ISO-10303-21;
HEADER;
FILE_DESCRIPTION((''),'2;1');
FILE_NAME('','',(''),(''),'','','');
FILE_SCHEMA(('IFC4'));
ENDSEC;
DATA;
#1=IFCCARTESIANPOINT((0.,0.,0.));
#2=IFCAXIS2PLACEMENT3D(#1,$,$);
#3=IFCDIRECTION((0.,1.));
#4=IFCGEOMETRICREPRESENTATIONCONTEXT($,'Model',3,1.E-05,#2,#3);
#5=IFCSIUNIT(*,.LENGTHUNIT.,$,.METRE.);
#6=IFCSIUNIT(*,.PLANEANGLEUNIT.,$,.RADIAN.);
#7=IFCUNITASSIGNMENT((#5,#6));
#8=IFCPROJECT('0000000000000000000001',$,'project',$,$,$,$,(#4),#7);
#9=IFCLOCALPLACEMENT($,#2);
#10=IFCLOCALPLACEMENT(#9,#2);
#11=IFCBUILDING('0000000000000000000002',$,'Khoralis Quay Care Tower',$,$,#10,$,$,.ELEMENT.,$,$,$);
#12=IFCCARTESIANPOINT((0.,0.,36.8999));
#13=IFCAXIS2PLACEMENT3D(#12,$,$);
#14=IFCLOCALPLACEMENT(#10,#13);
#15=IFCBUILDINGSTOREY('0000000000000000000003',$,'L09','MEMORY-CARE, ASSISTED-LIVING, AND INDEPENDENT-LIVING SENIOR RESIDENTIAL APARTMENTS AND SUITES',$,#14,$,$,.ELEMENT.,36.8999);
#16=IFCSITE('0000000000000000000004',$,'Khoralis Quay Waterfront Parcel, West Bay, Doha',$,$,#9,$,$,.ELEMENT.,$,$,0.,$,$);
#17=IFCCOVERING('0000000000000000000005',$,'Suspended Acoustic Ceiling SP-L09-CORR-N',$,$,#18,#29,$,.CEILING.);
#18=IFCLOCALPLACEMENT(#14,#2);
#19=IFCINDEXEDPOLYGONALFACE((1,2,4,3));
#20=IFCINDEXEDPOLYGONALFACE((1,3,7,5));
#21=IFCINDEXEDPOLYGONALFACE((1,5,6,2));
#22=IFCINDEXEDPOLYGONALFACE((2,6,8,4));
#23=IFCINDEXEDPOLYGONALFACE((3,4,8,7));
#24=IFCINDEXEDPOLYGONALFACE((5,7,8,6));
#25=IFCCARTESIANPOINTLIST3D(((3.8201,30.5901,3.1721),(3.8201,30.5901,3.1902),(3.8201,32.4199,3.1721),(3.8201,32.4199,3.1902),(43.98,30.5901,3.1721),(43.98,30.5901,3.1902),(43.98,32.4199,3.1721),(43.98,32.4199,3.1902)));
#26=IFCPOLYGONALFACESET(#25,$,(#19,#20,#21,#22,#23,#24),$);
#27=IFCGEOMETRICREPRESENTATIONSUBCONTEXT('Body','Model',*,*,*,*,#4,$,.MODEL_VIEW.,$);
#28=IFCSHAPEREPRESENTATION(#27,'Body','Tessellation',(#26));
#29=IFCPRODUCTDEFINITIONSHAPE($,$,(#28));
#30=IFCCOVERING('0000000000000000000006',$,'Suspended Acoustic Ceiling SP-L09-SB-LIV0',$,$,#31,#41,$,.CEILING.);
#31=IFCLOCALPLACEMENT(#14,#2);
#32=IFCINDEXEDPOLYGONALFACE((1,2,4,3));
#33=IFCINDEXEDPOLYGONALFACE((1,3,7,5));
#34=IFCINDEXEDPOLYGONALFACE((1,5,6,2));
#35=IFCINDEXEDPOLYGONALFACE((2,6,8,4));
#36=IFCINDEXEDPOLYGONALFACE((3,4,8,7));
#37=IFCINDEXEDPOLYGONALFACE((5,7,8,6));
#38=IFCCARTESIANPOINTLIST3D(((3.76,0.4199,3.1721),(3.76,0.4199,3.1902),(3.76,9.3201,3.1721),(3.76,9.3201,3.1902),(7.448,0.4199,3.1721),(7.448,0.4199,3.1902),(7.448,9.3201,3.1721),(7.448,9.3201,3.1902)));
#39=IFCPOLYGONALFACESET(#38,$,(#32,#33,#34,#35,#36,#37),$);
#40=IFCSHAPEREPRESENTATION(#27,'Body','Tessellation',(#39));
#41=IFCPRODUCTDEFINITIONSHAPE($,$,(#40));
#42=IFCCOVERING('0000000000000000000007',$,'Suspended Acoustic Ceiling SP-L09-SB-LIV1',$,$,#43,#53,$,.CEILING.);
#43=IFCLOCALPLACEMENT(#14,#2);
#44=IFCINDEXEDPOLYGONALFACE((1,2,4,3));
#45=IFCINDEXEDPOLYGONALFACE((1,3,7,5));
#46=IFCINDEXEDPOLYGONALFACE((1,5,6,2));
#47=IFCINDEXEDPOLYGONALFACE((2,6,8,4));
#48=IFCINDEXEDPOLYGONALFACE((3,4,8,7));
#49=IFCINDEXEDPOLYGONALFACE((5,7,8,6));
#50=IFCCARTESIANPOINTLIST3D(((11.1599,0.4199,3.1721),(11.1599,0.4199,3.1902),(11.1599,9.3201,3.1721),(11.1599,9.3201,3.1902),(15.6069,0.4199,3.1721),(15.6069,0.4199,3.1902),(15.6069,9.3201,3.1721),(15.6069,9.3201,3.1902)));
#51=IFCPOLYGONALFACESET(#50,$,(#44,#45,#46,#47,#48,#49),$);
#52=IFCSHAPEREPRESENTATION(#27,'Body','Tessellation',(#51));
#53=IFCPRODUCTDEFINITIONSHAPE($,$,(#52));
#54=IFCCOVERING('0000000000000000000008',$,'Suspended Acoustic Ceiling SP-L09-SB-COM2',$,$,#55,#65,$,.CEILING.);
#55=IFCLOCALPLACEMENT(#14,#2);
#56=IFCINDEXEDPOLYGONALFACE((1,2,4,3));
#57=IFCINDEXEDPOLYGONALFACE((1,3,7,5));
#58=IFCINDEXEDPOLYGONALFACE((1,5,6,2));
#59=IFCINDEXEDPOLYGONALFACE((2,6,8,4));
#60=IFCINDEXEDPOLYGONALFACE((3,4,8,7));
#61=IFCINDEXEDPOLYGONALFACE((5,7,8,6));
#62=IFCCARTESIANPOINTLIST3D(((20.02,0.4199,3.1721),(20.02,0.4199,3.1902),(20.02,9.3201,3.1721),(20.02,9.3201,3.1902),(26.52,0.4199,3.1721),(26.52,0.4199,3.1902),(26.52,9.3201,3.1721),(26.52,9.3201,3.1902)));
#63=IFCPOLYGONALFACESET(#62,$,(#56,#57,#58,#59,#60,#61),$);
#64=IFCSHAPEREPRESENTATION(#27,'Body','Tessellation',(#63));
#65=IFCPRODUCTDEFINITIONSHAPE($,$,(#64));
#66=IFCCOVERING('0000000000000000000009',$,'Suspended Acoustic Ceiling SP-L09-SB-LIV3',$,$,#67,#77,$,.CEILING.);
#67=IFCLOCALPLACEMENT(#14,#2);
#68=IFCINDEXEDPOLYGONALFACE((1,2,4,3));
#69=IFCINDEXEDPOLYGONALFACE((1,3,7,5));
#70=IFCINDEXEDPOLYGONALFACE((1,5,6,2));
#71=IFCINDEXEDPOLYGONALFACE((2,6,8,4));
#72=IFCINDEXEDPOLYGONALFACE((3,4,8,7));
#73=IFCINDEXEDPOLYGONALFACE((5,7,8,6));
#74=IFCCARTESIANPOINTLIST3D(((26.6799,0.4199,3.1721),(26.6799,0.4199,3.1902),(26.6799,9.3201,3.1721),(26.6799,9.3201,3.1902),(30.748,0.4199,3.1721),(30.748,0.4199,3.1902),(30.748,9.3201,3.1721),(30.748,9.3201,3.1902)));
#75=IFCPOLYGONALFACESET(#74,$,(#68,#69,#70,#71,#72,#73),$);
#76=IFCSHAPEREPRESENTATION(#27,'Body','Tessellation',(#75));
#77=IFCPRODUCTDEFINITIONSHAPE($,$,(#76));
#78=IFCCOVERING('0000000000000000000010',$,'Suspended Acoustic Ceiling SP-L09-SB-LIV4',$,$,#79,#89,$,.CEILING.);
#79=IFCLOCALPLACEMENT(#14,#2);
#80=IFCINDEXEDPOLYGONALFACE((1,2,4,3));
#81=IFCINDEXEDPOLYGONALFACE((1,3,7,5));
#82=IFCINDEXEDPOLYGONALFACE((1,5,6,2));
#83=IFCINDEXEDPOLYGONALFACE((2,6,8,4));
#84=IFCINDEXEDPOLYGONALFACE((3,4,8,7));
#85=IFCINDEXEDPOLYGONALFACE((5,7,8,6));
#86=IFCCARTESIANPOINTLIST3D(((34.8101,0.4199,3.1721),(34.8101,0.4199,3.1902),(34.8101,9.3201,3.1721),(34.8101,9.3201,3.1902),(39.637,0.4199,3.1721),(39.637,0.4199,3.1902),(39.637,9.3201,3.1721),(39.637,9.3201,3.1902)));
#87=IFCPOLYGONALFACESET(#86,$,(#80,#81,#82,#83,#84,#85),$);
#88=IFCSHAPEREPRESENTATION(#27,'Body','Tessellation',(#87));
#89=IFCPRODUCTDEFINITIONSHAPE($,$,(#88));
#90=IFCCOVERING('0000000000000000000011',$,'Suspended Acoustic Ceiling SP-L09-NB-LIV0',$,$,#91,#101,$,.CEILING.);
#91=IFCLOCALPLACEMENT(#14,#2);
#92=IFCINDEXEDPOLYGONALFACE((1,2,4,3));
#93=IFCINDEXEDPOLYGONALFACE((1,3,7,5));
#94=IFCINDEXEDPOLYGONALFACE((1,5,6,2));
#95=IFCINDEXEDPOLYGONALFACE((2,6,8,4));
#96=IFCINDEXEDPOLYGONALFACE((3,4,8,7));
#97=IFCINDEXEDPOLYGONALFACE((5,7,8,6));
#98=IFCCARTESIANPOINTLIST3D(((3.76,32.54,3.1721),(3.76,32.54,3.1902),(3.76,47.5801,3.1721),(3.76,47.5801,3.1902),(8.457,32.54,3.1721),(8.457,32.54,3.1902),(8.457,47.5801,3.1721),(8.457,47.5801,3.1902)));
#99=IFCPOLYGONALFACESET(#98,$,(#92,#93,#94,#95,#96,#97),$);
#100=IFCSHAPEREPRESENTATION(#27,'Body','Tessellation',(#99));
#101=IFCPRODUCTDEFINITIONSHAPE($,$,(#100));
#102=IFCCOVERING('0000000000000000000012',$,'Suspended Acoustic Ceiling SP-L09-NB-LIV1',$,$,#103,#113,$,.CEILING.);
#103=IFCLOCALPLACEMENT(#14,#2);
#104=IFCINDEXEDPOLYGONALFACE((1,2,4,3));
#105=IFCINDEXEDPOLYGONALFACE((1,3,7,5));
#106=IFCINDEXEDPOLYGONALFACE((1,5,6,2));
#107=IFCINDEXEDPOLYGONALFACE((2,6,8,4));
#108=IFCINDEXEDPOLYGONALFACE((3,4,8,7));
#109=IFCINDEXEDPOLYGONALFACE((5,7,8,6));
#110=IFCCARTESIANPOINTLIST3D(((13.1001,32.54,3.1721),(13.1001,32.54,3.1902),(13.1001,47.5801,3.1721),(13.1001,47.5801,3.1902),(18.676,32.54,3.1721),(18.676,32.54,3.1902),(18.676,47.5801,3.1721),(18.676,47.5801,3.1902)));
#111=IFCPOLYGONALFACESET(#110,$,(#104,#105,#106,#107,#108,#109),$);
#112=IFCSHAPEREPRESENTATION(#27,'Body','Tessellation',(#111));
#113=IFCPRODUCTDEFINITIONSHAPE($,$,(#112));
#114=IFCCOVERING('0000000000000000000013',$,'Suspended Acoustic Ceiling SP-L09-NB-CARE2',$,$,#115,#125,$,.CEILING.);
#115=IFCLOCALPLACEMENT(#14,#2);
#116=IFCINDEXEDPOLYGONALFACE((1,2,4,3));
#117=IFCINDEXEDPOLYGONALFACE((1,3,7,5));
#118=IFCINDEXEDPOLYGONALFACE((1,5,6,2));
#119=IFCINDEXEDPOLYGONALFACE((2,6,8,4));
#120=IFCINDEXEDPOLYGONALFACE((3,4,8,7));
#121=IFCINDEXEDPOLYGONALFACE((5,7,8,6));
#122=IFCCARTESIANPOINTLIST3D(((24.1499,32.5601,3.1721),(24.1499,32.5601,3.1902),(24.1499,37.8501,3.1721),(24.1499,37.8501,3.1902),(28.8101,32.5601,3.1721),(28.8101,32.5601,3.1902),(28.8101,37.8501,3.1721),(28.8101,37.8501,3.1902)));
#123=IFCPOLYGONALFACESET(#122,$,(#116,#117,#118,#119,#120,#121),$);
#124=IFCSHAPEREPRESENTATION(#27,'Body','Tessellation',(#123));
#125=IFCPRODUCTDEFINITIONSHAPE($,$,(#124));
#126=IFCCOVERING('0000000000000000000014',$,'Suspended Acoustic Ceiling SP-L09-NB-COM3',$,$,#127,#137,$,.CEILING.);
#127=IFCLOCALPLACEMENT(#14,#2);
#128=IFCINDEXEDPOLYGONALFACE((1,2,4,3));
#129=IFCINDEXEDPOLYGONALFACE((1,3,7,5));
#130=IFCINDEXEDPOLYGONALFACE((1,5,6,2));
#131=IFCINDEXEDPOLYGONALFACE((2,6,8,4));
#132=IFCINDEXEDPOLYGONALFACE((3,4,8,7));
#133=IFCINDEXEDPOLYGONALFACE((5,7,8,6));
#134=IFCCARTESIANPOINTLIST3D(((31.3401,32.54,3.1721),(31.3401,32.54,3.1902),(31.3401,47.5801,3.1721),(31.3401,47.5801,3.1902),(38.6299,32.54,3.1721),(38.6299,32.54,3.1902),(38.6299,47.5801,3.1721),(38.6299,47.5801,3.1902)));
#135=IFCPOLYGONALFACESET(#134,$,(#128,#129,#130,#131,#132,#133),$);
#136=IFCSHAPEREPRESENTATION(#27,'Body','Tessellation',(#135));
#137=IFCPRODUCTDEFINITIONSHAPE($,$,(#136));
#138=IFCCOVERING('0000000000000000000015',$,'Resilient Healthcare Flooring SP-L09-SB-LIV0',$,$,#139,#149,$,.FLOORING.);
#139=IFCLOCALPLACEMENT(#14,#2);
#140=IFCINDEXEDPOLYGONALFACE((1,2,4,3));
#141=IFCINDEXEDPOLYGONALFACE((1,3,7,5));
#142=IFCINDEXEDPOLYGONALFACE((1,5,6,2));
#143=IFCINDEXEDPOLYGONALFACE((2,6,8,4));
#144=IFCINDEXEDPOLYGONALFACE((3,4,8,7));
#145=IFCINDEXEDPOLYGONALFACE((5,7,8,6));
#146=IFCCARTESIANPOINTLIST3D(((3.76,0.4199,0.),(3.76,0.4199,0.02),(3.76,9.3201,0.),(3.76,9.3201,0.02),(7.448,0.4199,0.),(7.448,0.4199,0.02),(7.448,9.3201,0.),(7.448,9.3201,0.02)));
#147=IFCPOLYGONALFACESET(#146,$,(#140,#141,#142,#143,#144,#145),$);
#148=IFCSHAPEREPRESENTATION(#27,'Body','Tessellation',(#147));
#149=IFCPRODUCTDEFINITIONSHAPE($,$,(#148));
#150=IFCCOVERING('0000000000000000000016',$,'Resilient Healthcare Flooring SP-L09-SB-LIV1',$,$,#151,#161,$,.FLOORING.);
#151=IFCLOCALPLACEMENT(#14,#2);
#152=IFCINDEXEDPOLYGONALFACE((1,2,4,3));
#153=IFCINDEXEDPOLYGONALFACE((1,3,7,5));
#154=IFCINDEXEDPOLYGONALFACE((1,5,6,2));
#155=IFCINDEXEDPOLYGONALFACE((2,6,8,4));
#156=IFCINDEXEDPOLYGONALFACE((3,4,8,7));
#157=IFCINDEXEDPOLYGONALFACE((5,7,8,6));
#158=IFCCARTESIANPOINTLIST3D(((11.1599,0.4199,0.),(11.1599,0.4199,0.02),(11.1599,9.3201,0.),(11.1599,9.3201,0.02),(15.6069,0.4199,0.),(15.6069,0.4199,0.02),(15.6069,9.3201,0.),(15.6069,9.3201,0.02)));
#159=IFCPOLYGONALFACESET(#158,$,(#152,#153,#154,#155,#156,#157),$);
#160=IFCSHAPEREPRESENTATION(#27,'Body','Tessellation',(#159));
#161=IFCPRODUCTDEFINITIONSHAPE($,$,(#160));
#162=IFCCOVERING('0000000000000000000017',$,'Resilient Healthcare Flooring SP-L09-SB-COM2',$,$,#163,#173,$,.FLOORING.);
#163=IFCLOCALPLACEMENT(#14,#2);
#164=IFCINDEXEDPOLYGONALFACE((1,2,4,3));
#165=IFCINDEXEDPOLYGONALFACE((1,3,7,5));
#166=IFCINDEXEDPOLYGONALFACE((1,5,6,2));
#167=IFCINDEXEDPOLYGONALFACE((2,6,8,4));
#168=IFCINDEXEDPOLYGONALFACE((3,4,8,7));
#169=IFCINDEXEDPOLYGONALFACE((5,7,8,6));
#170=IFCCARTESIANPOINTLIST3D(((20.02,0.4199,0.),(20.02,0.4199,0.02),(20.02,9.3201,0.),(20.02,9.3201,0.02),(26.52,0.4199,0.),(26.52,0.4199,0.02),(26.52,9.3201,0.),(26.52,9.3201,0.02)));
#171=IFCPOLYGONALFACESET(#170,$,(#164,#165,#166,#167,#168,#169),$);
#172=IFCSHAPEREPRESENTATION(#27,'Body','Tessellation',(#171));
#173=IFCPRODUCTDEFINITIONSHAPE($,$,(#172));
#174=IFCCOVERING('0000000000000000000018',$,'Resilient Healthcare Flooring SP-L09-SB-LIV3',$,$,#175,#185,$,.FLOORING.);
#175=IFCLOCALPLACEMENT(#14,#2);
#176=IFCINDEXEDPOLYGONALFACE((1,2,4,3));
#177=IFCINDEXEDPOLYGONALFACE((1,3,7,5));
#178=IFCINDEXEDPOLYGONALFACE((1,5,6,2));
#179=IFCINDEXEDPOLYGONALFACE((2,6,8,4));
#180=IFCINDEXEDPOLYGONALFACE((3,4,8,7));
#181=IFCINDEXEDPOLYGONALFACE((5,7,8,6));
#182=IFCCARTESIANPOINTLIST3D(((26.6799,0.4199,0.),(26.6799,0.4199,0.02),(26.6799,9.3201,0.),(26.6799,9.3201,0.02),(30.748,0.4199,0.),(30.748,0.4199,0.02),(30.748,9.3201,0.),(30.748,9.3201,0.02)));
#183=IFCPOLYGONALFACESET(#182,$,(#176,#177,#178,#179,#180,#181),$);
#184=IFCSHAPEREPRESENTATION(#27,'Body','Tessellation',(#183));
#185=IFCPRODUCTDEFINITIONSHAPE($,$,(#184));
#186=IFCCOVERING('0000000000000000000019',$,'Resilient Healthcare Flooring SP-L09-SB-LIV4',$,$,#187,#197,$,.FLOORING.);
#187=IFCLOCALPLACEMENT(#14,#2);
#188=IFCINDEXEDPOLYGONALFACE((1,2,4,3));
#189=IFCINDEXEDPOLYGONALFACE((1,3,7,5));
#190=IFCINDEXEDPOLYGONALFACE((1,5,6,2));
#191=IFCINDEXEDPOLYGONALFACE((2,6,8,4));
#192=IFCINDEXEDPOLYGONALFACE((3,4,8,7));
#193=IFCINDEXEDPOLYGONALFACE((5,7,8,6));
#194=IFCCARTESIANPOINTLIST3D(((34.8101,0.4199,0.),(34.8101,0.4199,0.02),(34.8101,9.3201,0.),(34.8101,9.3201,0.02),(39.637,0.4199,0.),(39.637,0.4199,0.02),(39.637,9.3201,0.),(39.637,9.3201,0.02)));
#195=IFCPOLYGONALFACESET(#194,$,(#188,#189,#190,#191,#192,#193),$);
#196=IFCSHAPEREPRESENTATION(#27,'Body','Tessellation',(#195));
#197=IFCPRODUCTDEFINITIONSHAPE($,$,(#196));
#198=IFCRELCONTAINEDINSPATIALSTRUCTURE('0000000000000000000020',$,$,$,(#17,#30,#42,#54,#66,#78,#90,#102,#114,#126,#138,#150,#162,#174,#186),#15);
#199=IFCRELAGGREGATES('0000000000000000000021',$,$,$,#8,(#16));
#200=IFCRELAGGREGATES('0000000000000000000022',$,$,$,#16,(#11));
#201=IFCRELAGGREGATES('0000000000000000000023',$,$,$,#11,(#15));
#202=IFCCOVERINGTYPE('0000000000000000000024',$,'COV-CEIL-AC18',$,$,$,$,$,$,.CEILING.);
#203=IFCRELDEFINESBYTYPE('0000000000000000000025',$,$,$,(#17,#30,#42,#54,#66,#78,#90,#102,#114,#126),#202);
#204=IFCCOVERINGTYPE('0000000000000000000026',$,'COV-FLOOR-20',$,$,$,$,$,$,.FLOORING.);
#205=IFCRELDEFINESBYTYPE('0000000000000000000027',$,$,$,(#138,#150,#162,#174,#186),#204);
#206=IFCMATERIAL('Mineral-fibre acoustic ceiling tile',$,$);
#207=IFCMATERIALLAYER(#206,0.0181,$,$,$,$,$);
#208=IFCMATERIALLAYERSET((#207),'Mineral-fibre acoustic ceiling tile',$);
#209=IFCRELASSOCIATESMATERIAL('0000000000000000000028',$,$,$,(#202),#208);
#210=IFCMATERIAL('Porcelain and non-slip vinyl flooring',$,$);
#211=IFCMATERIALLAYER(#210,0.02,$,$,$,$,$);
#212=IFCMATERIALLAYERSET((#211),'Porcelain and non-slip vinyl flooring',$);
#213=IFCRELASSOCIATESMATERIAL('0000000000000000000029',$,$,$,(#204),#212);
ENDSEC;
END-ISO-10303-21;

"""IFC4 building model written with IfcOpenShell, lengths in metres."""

from ifc_helpers import new_model, si_unit, direction, frame, origin, place, context, subcontext, project, spatial, polyline, outline, extrude, material, layer, layer_set, type_object, element, save


model = new_model("IFC4")

# Units and contexts
model_context = context("Model", 3, precision=1e-05, world=origin(), true_north=direction((0.0, 1.0)))
body_context = subcontext(model_context, "Body", "Model", "MODEL_VIEW")
ifc_project = project(units=[si_unit("LENGTHUNIT", "METRE"), si_unit("PLANEANGLEUNIT", "RADIAN")], contexts=[model_context])

# Site, building, storey
site_placement = place(None, origin())
site = spatial("IfcSite", under=ifc_project, at=site_placement, Name="Khoralis Quay Waterfront Parcel, West Bay, Doha", CompositionType="ELEMENT", RefElevation=0.0)
building_placement = place(site_placement, origin())
building = spatial("IfcBuilding", under=site, at=building_placement, Name="Khoralis Quay Care Tower", CompositionType="ELEMENT")
storey_placement = place(building_placement, frame((0.0, 0.0, 36.8999)))
storey = spatial("IfcBuildingStorey", under=building, at=storey_placement, Name="L09", Description="MEMORY-CARE, ASSISTED-LIVING, AND INDEPENDENT-LIVING SENIOR RESIDENTIAL APARTMENTS AND SUITES", CompositionType="ELEMENT", Elevation=36.8999)

# Coverings
ifc_material_1 = material(Name="Mineral-fibre acoustic ceiling tile")
ifc_layer_1 = layer(ifc_material_1, 0.0181)
ifc_layer_set_1 = layer_set([ifc_layer_1], Name="Mineral-fibre acoustic ceiling tile")
covering_type_1 = type_object("IfcCoveringType", Name="COV-CEIL-AC18", PredefinedType="CEILING", material=ifc_layer_set_1)
covering_1_placement = place(storey_placement, frame((0.0, 0.0, 3.1721)))
element("IfcCovering", 1, at=covering_1_placement, inside=storey, type_object=covering_type_1, Name="Suspended Acoustic Ceiling SP-L09-CORR-N", PredefinedType="CEILING", context=body_context, shape_type="SweptSolid", body=[
    extrude(outline(polyline([(3.8201, 30.5901), (43.98, 30.5901), (43.98, 32.4199), (3.8201, 32.4199), (3.8201, 30.5901)])), origin(), (0.0, 0.0, 1.0), 0.0181),
])
covering_2_placement = place(storey_placement, frame((0.0, 0.0, 3.1721)))
element("IfcCovering", 2, at=covering_2_placement, inside=storey, type_object=covering_type_1, Name="Suspended Acoustic Ceiling SP-L09-SB-LIV0", PredefinedType="CEILING", context=body_context, shape_type="SweptSolid", body=[
    extrude(outline(polyline([(3.76, 0.4199), (7.448, 0.4199), (7.448, 9.3201), (3.76, 9.3201), (3.76, 0.4199)])), origin(), (0.0, 0.0, 1.0), 0.0181),
])
covering_3_placement = place(storey_placement, frame((0.0, 0.0, 3.1721)))
element("IfcCovering", 3, at=covering_3_placement, inside=storey, type_object=covering_type_1, Name="Suspended Acoustic Ceiling SP-L09-SB-LIV1", PredefinedType="CEILING", context=body_context, shape_type="SweptSolid", body=[
    extrude(outline(polyline([(11.1599, 0.4199), (15.6069, 0.4199), (15.6069, 9.3201), (11.1599, 9.3201), (11.1599, 0.4199)])), origin(), (0.0, 0.0, 1.0), 0.0181),
])
covering_4_placement = place(storey_placement, frame((0.0, 0.0, 3.1721)))
element("IfcCovering", 4, at=covering_4_placement, inside=storey, type_object=covering_type_1, Name="Suspended Acoustic Ceiling SP-L09-SB-COM2", PredefinedType="CEILING", context=body_context, shape_type="SweptSolid", body=[
    extrude(outline(polyline([(20.02, 0.4199), (26.52, 0.4199), (26.52, 9.3201), (20.02, 9.3201), (20.02, 0.4199)])), origin(), (0.0, 0.0, 1.0), 0.0181),
])
covering_5_placement = place(storey_placement, frame((0.0, 0.0, 3.1721)))
element("IfcCovering", 5, at=covering_5_placement, inside=storey, type_object=covering_type_1, Name="Suspended Acoustic Ceiling SP-L09-SB-LIV3", PredefinedType="CEILING", context=body_context, shape_type="SweptSolid", body=[
    extrude(outline(polyline([(26.6799, 0.4199), (30.748, 0.4199), (30.748, 9.3201), (26.6799, 9.3201), (26.6799, 0.4199)])), origin(), (0.0, 0.0, 1.0), 0.0181),
])
covering_6_placement = place(storey_placement, frame((0.0, 0.0, 3.1721)))
element("IfcCovering", 6, at=covering_6_placement, inside=storey, type_object=covering_type_1, Name="Suspended Acoustic Ceiling SP-L09-SB-LIV4", PredefinedType="CEILING", context=body_context, shape_type="SweptSolid", body=[
    extrude(outline(polyline([(34.8101, 0.4199), (39.637, 0.4199), (39.637, 9.3201), (34.8101, 9.3201), (34.8101, 0.4199)])), origin(), (0.0, 0.0, 1.0), 0.0181),
])
covering_7_placement = place(storey_placement, frame((0.0, 0.0, 3.1721)))
element("IfcCovering", 7, at=covering_7_placement, inside=storey, type_object=covering_type_1, Name="Suspended Acoustic Ceiling SP-L09-NB-LIV0", PredefinedType="CEILING", context=body_context, shape_type="SweptSolid", body=[
    extrude(outline(polyline([(3.76, 32.54), (8.457, 32.54), (8.457, 47.5801), (3.76, 47.5801), (3.76, 32.54)])), origin(), (0.0, 0.0, 1.0), 0.0181),
])
covering_8_placement = place(storey_placement, frame((0.0, 0.0, 3.1721)))
element("IfcCovering", 8, at=covering_8_placement, inside=storey, type_object=covering_type_1, Name="Suspended Acoustic Ceiling SP-L09-NB-LIV1", PredefinedType="CEILING", context=body_context, shape_type="SweptSolid", body=[
    extrude(outline(polyline([(13.1001, 32.54), (18.676, 32.54), (18.676, 47.5801), (13.1001, 47.5801), (13.1001, 32.54)])), origin(), (0.0, 0.0, 1.0), 0.0181),
])
covering_9_placement = place(storey_placement, frame((0.0, 0.0, 3.1721)))
element("IfcCovering", 9, at=covering_9_placement, inside=storey, type_object=covering_type_1, Name="Suspended Acoustic Ceiling SP-L09-NB-CARE2", PredefinedType="CEILING", context=body_context, shape_type="SweptSolid", body=[
    extrude(outline(polyline([(24.1499, 32.5601), (28.8101, 32.5601), (28.8101, 37.8501), (24.1499, 37.8501), (24.1499, 32.5601)])), origin(), (0.0, 0.0, 1.0), 0.0181),
])
covering_10_placement = place(storey_placement, frame((0.0, 0.0, 3.1721)))
element("IfcCovering", 10, at=covering_10_placement, inside=storey, type_object=covering_type_1, Name="Suspended Acoustic Ceiling SP-L09-NB-COM3", PredefinedType="CEILING", context=body_context, shape_type="SweptSolid", body=[
    extrude(outline(polyline([(31.3401, 32.54), (38.6299, 32.54), (38.6299, 47.5801), (31.3401, 47.5801), (31.3401, 32.54)])), origin(), (0.0, 0.0, 1.0), 0.0181),
])
ifc_material_2 = material(Name="Porcelain and non-slip vinyl flooring")
ifc_layer_2 = layer(ifc_material_2, 0.02)
ifc_layer_set_2 = layer_set([ifc_layer_2], Name="Porcelain and non-slip vinyl flooring")
covering_type_2 = type_object("IfcCoveringType", Name="COV-FLOOR-20", PredefinedType="FLOORING", material=ifc_layer_set_2)
covering_11_placement = place(storey_placement, origin())
element("IfcCovering", 11, at=covering_11_placement, inside=storey, type_object=covering_type_2, Name="Resilient Healthcare Flooring SP-L09-SB-LIV0", PredefinedType="FLOORING", context=body_context, shape_type="SweptSolid", body=[
    extrude(outline(polyline([(3.76, 0.4199), (7.448, 0.4199), (7.448, 9.3201), (3.76, 9.3201), (3.76, 0.4199)])), origin(), (0.0, 0.0, 1.0), 0.02),
])
covering_12_placement = place(storey_placement, origin())
element("IfcCovering", 12, at=covering_12_placement, inside=storey, type_object=covering_type_2, Name="Resilient Healthcare Flooring SP-L09-SB-LIV1", PredefinedType="FLOORING", context=body_context, shape_type="SweptSolid", body=[
    extrude(outline(polyline([(11.1599, 0.4199), (15.6069, 0.4199), (15.6069, 9.3201), (11.1599, 9.3201), (11.1599, 0.4199)])), origin(), (0.0, 0.0, 1.0), 0.02),
])
covering_13_placement = place(storey_placement, origin())
element("IfcCovering", 13, at=covering_13_placement, inside=storey, type_object=covering_type_2, Name="Resilient Healthcare Flooring SP-L09-SB-COM2", PredefinedType="FLOORING", context=body_context, shape_type="SweptSolid", body=[
    extrude(outline(polyline([(20.02, 0.4199), (26.52, 0.4199), (26.52, 9.3201), (20.02, 9.3201), (20.02, 0.4199)])), origin(), (0.0, 0.0, 1.0), 0.02),
])
covering_14_placement = place(storey_placement, origin())
element("IfcCovering", 14, at=covering_14_placement, inside=storey, type_object=covering_type_2, Name="Resilient Healthcare Flooring SP-L09-SB-LIV3", PredefinedType="FLOORING", context=body_context, shape_type="SweptSolid", body=[
    extrude(outline(polyline([(26.6799, 0.4199), (30.748, 0.4199), (30.748, 9.3201), (26.6799, 9.3201), (26.6799, 0.4199)])), origin(), (0.0, 0.0, 1.0), 0.02),
])
covering_15_placement = place(storey_placement, origin())
element("IfcCovering", 15, at=covering_15_placement, inside=storey, type_object=covering_type_2, Name="Resilient Healthcare Flooring SP-L09-SB-LIV4", PredefinedType="FLOORING", context=body_context, shape_type="SweptSolid", body=[
    extrude(outline(polyline([(34.8101, 0.4199), (39.637, 0.4199), (39.637, 9.3201), (34.8101, 9.3201), (34.8101, 0.4199)])), origin(), (0.0, 0.0, 1.0), 0.02),
])

save(model, "model.ifc")
